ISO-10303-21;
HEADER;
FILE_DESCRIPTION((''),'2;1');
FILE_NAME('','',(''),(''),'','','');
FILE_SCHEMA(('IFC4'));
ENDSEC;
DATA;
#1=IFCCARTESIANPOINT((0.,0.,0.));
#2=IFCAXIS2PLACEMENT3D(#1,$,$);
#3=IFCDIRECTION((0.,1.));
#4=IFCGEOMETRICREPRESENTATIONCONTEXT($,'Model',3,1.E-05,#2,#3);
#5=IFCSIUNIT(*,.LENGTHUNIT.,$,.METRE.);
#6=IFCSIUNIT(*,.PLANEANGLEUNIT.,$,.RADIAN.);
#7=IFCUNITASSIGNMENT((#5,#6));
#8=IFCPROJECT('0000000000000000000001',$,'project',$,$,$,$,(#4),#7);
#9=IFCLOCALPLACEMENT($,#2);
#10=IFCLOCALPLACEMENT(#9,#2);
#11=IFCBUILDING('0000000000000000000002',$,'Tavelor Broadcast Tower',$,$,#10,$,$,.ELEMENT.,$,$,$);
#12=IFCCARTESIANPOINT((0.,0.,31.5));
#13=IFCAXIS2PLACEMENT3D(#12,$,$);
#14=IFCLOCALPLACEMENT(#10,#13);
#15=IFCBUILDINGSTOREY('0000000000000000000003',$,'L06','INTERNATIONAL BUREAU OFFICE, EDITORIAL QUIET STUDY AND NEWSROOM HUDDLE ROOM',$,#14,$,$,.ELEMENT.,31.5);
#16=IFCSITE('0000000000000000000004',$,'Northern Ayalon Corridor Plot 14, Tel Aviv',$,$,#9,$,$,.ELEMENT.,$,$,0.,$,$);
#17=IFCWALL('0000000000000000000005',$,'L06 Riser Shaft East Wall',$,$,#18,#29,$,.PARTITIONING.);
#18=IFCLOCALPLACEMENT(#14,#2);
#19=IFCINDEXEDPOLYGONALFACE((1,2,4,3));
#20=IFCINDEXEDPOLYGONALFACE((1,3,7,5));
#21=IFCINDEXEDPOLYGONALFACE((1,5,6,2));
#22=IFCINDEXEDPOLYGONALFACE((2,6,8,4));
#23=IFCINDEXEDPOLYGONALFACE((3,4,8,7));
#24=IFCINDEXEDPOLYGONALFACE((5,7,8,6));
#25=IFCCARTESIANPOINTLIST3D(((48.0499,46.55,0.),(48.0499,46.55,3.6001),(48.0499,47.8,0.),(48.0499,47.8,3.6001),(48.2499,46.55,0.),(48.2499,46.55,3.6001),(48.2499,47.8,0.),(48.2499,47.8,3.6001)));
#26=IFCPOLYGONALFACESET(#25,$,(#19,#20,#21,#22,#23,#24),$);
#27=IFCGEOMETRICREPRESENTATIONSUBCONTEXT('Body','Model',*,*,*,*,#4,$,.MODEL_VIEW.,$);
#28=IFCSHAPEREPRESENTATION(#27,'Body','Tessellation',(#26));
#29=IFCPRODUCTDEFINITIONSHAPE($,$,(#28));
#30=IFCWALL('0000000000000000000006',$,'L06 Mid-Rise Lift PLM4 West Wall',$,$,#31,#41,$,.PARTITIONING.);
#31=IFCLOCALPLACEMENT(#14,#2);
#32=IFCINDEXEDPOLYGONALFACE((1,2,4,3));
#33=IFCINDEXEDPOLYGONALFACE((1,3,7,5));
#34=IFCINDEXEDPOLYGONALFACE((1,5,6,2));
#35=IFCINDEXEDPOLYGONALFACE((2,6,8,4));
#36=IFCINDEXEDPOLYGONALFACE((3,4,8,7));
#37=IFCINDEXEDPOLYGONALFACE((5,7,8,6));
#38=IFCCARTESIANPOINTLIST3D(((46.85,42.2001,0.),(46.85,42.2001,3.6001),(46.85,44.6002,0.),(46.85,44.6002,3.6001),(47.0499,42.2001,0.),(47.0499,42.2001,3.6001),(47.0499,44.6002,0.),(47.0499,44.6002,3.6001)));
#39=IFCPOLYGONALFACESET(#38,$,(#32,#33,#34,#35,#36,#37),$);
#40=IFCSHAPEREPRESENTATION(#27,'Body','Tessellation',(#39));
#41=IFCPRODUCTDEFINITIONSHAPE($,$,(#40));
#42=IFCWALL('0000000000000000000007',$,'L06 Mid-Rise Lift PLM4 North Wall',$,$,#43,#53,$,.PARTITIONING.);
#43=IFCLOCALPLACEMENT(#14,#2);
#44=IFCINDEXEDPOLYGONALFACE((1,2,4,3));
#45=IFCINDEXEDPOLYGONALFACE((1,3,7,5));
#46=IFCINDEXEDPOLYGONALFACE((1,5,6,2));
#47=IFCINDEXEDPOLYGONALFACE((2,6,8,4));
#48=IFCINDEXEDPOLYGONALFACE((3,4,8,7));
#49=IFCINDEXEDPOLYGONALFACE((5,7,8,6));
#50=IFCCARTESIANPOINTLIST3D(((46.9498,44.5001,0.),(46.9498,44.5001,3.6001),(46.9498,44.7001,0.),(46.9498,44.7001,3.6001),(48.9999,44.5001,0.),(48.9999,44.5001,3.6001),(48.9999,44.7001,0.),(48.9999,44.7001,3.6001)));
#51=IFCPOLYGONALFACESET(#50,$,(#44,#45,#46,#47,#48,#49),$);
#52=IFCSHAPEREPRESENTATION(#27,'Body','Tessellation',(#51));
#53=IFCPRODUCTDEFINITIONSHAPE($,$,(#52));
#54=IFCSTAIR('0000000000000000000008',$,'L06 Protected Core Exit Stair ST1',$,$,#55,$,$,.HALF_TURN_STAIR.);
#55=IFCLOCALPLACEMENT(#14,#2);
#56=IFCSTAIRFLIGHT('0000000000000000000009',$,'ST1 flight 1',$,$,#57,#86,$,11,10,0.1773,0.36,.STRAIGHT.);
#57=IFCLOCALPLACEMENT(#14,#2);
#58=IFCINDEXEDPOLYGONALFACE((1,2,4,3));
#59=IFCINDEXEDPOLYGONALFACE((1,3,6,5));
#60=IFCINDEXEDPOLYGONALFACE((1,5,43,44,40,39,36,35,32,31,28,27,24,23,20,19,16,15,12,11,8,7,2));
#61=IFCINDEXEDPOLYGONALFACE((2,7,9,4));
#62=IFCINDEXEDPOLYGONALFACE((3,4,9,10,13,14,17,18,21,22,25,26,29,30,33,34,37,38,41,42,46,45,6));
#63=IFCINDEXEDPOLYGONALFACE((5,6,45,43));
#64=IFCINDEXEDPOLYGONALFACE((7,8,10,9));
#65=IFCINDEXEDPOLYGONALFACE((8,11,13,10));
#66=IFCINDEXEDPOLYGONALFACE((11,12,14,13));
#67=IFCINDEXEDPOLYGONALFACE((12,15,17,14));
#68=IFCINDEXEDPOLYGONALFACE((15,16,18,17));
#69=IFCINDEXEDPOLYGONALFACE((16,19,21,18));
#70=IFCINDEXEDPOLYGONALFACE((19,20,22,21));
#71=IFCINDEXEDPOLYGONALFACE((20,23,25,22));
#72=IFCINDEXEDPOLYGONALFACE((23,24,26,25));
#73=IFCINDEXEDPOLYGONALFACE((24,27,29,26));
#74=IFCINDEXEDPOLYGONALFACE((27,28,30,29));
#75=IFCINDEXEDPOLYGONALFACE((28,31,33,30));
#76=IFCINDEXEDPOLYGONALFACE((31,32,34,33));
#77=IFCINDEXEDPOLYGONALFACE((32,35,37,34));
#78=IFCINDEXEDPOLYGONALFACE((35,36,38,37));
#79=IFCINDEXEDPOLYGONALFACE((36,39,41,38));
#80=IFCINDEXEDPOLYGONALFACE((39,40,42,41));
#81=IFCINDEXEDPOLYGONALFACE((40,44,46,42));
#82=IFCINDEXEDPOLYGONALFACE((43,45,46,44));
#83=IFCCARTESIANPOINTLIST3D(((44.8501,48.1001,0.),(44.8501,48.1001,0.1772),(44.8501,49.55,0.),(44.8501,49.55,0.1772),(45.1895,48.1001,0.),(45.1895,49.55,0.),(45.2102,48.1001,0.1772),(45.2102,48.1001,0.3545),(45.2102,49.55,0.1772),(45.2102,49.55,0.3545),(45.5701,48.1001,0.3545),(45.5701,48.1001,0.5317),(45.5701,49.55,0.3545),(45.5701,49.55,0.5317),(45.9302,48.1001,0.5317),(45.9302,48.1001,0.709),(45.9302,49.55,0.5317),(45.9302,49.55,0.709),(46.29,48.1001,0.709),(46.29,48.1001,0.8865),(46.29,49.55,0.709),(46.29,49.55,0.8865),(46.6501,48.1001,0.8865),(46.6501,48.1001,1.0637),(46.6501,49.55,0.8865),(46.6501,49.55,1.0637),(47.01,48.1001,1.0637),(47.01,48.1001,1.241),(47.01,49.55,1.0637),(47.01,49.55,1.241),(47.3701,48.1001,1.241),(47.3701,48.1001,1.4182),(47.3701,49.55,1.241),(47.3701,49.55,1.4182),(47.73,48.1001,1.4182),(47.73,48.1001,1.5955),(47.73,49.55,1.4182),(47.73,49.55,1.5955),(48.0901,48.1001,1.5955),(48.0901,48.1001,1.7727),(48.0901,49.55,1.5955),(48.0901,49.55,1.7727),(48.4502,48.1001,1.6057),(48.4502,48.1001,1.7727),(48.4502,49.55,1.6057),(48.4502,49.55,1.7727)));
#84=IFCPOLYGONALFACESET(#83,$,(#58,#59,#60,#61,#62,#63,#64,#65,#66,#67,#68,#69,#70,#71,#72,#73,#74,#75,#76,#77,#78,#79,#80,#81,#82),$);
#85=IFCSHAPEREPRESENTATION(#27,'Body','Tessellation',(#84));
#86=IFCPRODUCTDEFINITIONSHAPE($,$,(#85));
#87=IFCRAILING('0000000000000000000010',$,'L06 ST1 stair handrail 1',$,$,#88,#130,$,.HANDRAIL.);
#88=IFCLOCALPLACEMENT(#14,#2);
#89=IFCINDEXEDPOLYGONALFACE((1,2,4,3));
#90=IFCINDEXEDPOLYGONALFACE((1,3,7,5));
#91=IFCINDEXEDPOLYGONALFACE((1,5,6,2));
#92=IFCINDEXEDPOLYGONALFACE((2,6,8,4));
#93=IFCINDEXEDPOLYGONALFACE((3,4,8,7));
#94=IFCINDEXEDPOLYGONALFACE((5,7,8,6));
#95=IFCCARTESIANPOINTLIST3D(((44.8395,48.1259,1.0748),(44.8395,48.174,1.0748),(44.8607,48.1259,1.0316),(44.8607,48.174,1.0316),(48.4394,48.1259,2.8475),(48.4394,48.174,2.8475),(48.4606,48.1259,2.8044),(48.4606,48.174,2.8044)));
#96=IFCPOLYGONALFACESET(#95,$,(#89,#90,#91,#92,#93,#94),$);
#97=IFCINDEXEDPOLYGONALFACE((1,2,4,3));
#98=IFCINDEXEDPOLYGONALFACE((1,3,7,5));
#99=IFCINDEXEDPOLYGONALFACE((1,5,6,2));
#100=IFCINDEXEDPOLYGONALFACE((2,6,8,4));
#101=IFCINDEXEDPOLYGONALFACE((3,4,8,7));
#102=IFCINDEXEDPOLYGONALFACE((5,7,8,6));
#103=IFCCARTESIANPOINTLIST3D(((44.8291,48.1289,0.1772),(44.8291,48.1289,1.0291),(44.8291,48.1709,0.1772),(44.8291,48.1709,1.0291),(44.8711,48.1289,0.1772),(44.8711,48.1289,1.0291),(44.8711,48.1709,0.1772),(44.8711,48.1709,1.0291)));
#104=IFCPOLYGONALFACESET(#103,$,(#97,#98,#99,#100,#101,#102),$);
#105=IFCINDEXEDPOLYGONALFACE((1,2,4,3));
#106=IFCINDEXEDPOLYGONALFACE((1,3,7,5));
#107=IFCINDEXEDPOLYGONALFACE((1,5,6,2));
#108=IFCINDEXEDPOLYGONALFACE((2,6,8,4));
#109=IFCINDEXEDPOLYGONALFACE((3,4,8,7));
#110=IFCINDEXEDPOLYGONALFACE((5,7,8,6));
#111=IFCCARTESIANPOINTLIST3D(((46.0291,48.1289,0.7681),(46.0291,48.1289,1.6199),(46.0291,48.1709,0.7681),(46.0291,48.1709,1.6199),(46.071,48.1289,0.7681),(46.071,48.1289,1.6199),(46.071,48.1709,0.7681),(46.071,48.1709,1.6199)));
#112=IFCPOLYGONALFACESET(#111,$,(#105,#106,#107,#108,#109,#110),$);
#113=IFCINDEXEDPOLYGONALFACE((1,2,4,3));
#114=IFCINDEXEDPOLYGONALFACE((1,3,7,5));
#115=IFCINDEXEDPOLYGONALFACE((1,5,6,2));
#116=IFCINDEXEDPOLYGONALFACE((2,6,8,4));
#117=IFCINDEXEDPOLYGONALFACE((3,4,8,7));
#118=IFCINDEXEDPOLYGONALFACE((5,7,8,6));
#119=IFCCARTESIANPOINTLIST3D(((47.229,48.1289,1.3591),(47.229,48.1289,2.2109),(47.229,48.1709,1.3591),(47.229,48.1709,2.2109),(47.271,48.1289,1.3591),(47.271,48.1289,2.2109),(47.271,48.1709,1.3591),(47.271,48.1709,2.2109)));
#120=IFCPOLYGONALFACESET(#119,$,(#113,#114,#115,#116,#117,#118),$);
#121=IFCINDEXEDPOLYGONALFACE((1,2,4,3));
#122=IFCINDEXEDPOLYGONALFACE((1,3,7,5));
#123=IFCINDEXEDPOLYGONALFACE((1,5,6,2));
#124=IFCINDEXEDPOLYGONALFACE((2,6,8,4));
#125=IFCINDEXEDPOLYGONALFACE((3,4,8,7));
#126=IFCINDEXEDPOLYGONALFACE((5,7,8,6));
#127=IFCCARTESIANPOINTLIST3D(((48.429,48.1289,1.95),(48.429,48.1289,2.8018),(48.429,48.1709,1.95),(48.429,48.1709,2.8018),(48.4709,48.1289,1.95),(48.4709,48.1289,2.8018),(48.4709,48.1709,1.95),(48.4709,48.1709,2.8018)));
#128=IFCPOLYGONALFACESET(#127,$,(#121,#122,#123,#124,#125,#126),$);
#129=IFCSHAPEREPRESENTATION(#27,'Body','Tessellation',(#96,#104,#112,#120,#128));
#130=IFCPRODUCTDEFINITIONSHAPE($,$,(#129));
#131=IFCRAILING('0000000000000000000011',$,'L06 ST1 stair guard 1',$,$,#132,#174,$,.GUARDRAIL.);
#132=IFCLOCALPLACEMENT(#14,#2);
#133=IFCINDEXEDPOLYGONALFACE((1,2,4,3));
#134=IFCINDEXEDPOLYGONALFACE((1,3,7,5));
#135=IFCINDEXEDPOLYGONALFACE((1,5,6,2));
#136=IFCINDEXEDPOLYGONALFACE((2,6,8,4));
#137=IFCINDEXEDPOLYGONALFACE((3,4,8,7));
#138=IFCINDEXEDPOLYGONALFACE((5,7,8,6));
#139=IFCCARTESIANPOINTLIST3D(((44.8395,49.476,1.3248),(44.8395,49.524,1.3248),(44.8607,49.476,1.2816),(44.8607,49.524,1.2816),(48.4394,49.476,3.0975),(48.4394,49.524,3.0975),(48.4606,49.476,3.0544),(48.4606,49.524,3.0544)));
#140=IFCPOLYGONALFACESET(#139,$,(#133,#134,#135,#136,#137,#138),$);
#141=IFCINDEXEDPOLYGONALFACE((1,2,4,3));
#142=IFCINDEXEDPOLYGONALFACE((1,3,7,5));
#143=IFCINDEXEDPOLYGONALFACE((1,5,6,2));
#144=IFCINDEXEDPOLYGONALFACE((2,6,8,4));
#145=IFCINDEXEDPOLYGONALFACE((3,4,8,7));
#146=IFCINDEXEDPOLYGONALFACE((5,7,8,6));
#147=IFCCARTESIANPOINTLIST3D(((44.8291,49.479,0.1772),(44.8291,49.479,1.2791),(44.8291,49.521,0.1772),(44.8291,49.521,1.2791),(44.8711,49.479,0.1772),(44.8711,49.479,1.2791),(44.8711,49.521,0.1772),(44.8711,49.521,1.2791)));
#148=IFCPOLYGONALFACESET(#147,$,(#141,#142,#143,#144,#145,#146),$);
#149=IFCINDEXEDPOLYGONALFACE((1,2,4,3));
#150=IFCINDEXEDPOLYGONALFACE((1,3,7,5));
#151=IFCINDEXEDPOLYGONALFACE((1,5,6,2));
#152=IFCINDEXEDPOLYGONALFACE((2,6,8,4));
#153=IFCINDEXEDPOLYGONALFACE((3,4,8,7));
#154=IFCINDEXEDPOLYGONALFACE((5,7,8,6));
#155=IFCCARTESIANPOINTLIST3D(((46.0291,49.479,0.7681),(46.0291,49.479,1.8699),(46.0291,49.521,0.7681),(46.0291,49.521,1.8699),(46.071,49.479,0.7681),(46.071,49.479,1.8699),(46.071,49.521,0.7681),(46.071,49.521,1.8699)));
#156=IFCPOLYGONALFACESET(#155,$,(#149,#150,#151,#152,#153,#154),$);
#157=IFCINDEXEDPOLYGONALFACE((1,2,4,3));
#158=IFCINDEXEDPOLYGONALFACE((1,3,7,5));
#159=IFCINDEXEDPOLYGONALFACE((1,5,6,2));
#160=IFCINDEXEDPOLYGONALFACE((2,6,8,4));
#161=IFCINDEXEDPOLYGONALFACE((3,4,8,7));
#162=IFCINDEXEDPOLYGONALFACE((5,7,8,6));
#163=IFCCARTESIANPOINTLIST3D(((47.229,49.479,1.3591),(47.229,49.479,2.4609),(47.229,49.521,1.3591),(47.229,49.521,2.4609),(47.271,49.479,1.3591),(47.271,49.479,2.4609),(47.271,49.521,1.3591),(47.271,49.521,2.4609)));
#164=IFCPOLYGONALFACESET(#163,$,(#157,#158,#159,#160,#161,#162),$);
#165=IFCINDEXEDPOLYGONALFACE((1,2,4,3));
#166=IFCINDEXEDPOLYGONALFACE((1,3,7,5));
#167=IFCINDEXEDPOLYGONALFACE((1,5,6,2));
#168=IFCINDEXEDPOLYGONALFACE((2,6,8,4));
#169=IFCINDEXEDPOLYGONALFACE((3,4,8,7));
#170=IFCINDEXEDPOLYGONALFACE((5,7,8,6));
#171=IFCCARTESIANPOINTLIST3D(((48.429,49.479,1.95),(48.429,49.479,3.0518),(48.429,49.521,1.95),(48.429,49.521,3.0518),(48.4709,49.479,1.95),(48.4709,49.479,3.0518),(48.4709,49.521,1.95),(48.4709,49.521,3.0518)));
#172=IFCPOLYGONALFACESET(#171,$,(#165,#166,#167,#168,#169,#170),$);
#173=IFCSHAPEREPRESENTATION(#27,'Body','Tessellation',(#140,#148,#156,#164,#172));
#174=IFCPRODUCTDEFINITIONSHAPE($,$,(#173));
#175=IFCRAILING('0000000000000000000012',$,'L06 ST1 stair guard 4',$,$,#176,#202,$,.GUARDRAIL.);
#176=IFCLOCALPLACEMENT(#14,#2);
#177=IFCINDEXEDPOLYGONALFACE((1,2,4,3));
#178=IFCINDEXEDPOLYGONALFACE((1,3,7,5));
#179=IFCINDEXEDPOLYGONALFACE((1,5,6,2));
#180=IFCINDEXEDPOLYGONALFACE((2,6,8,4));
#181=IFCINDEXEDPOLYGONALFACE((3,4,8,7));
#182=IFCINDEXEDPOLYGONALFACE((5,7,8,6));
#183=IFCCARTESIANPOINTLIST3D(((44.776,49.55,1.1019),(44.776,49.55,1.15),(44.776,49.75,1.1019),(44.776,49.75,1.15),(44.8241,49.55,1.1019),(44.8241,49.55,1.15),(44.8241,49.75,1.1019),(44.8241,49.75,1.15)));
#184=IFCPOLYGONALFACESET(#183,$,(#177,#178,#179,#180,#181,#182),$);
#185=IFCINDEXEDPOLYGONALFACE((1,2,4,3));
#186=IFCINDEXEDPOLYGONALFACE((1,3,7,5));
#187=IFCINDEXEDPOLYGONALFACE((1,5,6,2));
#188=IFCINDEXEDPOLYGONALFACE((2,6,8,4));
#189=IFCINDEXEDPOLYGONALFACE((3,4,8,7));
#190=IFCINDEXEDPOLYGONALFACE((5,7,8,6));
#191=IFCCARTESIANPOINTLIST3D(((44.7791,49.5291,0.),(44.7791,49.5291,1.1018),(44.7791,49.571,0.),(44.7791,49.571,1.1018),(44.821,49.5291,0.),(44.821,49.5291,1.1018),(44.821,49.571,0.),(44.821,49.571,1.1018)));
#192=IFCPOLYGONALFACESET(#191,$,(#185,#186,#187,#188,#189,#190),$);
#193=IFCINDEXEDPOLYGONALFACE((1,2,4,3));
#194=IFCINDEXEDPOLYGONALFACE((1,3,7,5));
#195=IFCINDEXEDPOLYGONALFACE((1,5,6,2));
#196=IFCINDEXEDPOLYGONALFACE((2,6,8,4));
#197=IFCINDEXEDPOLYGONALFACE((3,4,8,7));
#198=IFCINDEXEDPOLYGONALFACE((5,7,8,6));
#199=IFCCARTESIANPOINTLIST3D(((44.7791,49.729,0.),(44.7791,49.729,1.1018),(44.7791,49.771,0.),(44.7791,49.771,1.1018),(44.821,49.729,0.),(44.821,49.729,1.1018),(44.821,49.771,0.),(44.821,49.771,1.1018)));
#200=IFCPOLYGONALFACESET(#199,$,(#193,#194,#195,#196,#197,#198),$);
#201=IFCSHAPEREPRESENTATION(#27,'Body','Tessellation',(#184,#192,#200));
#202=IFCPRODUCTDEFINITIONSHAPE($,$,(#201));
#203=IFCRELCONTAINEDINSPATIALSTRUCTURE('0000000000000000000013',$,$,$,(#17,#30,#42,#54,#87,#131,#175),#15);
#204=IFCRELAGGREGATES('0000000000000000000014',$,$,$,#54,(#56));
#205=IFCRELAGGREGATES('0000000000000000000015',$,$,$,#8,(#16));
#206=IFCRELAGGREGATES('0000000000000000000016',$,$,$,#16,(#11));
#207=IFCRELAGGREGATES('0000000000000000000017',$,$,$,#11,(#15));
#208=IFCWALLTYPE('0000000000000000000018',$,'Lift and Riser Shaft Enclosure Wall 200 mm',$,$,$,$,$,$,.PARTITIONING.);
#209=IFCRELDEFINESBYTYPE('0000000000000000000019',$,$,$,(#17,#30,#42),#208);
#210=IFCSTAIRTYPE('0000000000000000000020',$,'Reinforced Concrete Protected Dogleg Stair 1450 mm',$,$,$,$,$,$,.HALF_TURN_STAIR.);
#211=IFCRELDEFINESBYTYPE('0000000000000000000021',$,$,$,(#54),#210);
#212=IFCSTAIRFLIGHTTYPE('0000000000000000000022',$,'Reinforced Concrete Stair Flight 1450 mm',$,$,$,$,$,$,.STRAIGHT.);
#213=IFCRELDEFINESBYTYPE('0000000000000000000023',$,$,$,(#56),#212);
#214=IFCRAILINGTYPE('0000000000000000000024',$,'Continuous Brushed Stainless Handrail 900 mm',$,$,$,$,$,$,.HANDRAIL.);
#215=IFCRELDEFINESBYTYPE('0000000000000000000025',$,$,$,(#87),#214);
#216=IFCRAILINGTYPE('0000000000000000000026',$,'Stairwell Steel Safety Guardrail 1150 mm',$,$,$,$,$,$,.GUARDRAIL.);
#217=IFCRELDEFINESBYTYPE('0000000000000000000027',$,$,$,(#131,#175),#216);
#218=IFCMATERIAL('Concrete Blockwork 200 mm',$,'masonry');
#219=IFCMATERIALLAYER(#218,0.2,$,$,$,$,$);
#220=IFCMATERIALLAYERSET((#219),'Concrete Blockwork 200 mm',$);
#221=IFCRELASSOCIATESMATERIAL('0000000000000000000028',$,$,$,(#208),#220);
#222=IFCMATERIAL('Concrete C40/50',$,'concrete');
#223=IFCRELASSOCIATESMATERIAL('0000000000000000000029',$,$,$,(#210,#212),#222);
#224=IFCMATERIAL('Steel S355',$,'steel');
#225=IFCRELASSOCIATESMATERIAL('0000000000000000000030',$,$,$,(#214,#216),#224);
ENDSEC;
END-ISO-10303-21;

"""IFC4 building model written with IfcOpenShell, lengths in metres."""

from ifc_helpers import new_model, si_unit, direction, frame, frame_2d, origin, origin_2d, place, context, subcontext, project, spatial, polyline, rectangle, outline, extrude, material, layer, layer_set, type_object, element, aggregate, save


model = new_model("IFC4")

# Units and contexts
model_context = context("Model", 3, precision=1e-05, world=origin(), true_north=direction((0.0, 1.0)))
body_context = subcontext(model_context, "Body", "Model", "MODEL_VIEW")
ifc_project = project(units=[si_unit("LENGTHUNIT", "METRE"), si_unit("PLANEANGLEUNIT", "RADIAN")], contexts=[model_context])

# Site, building, storey
site_placement = place(None, origin())
site = spatial("IfcSite", under=ifc_project, at=site_placement, Name="Northern Ayalon Corridor Plot 14, Tel Aviv", CompositionType="ELEMENT", RefElevation=0.0)
building_placement = place(site_placement, origin())
building = spatial("IfcBuilding", under=site, at=building_placement, Name="Tavelor Broadcast Tower", CompositionType="ELEMENT")
storey_placement = place(building_placement, frame((0.0, 0.0, 31.5)))
storey = spatial("IfcBuildingStorey", under=building, at=storey_placement, Name="L06", Description="INTERNATIONAL BUREAU OFFICE, EDITORIAL QUIET STUDY AND NEWSROOM HUDDLE ROOM", CompositionType="ELEMENT", Elevation=31.5)

# Shared definitions
ifc_material_1 = material(Name="Concrete C40/50", Category="concrete")
ifc_material_2 = material(Name="Steel S355", Category="steel")

# Walls
ifc_material_3 = material(Name="Concrete Blockwork 200 mm", Category="masonry")
ifc_layer_1 = layer(ifc_material_3, 0.2)
ifc_layer_set_1 = layer_set([ifc_layer_1], Name="Concrete Blockwork 200 mm")
wall_type_1 = type_object("IfcWallType", Name="Lift and Riser Shaft Enclosure Wall 200 mm", PredefinedType="PARTITIONING", material=ifc_layer_set_1)
wall_1_placement = place(storey_placement, frame((48.1499, 46.55, 0.0), z_axis=(0.0, 0.0, 1.0), x_axis=(0.0, 1.0, 0.0)))
element("IfcWall", 1, at=wall_1_placement, inside=storey, type_object=wall_type_1, Name="L06 Riser Shaft East Wall", PredefinedType="PARTITIONING", context=body_context, shape_type="SweptSolid", body=[
    extrude(rectangle(XDim=1.25, YDim=0.2, at=frame_2d((0.625, 0.0))), origin(), (0.0, 0.0, 1.0), 3.6001),
])
wall_2_placement = place(storey_placement, frame((46.95, 42.2, 0.0), z_axis=(0.0, 0.0, 1.0), x_axis=(0.0, 1.0, 0.0)))
element("IfcWall", 2, at=wall_2_placement, inside=storey, type_object=wall_type_1, Name="L06 Mid-Rise Lift PLM4 West Wall", PredefinedType="PARTITIONING", context=body_context, shape_type="SweptSolid", body=[
    extrude(rectangle(XDim=2.4001, YDim=0.2, at=frame_2d((1.2002, 0.0))), origin(), (0.0, 0.0, 1.0), 3.6001),
])
wall_3_placement = place(storey_placement, frame((46.95, 44.6001, 0.0), z_axis=(0.0, 0.0, 1.0), x_axis=(1.0, 0.0, 0.0)))
element("IfcWall", 3, at=wall_3_placement, inside=storey, type_object=wall_type_1, Name="L06 Mid-Rise Lift PLM4 North Wall", PredefinedType="PARTITIONING", context=body_context, shape_type="SweptSolid", body=[
    extrude(rectangle(XDim=2.05, YDim=0.2, at=frame_2d((1.0249, 0.0))), origin(), (0.0, 0.0, 1.0), 3.6001),
])

# Stair, stair flight
stair_type = type_object("IfcStairType", Name="Reinforced Concrete Protected Dogleg Stair 1450 mm", PredefinedType="HALF_TURN_STAIR", material=ifc_material_1)
stair_placement = place(storey_placement, origin())
stair = element("IfcStair", 4, at=stair_placement, inside=storey, type_object=stair_type, Name="L06 Protected Core Exit Stair ST1", PredefinedType="HALF_TURN_STAIR")
stair_flight_type = type_object("IfcStairFlightType", Name="Reinforced Concrete Stair Flight 1450 mm", PredefinedType="STRAIGHT", material=ifc_material_1)
stair_flight_placement = place(storey_placement, frame((44.8501, 48.825, 0.0), z_axis=(0.0, 0.0, 1.0), x_axis=(1.0, 0.0, 0.0)))
stair_flight = element("IfcStairFlight", 5, at=stair_flight_placement, type_object=stair_flight_type, Name="ST1 flight 1", NumberOfRisers=11, NumberOfTreads=10, PredefinedType="STRAIGHT", RiserHeight=0.1773, TreadLength=0.36, context=body_context, shape_type="SweptSolid", body=[
    extrude(outline(polyline([(0.0, 0.0), (0.0, 0.1772), (0.3601, 0.1772), (0.3601, 0.3545), (0.72, 0.3545), (0.72, 0.5317), (1.0801, 0.5317), (1.0801, 0.709), (1.4399, 0.709), (1.4399, 0.8865), (1.8, 0.8865), (1.8, 1.0637), (2.1599, 1.0637), (2.1599, 1.241), (2.52, 1.241), (2.52, 1.4182), (2.8799, 1.4182), (2.8799, 1.5955), (3.24, 1.5955), (3.24, 1.7727), (3.6001, 1.7727), (3.6001, 1.95), (3.6001, 1.6057), (0.3394, 0.0), (0.0, 0.0)])), frame((0.0, 0.7251, 0.0), z_axis=(0.0, -1.0, 0.0), x_axis=(1.0, 0.0, 0.0)), (0.0, 0.0, 1.0), 1.45),
])
aggregate(stair, [stair_flight])

# Railings
railing_type_1 = type_object("IfcRailingType", Name="Continuous Brushed Stainless Handrail 900 mm", PredefinedType="HANDRAIL", material=ifc_material_2)
railing_1_placement = place(storey_placement, frame((44.8501, 48.1499, 0.1772)))
element("IfcRailing", 6, at=railing_1_placement, inside=storey, type_object=railing_type_1, Name="L06 ST1 stair handrail 1", PredefinedType="HANDRAIL", context=body_context, shape_type="SweptSolid", body=[
    extrude(rectangle(XDim=0.0481, YDim=0.0481, at=origin_2d()), frame((0.0, 0.0, 0.876), z_axis=(0.897124, 0.0, 0.441778), x_axis=(0.0, 1.0, 0.0)), (0.0, 0.0, 1.0), 4.0127),
    extrude(rectangle(XDim=0.042, YDim=0.042, at=origin_2d()), origin(), (0.0, 0.0, 1.0), 0.8518),
    extrude(rectangle(XDim=0.042, YDim=0.042, at=origin_2d()), frame((1.2, 0.0, 0.5908)), (0.0, 0.0, 1.0), 0.8518),
    extrude(rectangle(XDim=0.042, YDim=0.042, at=origin_2d()), frame((2.3999, 0.0, 1.1819)), (0.0, 0.0, 1.0), 0.8518),
    extrude(rectangle(XDim=0.042, YDim=0.042, at=origin_2d()), frame((3.5999, 0.0, 1.7727)), (0.0, 0.0, 1.0), 0.8518),
])
railing_type_2 = type_object("IfcRailingType", Name="Stairwell Steel Safety Guardrail 1150 mm", PredefinedType="GUARDRAIL", material=ifc_material_2)
railing_2_placement = place(storey_placement, frame((44.8501, 49.5, 0.1772)))
element("IfcRailing", 7, at=railing_2_placement, inside=storey, type_object=railing_type_2, Name="L06 ST1 stair guard 1", PredefinedType="GUARDRAIL", context=body_context, shape_type="SweptSolid", body=[
    extrude(rectangle(XDim=0.0481, YDim=0.0481, at=origin_2d()), frame((0.0, 0.0, 1.126), z_axis=(0.897124, 0.0, 0.441778), x_axis=(0.0, 1.0, 0.0)), (0.0, 0.0, 1.0), 4.0127),
    extrude(rectangle(XDim=0.042, YDim=0.042, at=origin_2d()), origin(), (0.0, 0.0, 1.0), 1.1018),
    extrude(rectangle(XDim=0.042, YDim=0.042, at=origin_2d()), frame((1.2, 0.0, 0.5908)), (0.0, 0.0, 1.0), 1.1018),
    extrude(rectangle(XDim=0.042, YDim=0.042, at=origin_2d()), frame((2.3999, 0.0, 1.1819)), (0.0, 0.0, 1.0), 1.1018),
    extrude(rectangle(XDim=0.042, YDim=0.042, at=origin_2d()), frame((3.5999, 0.0, 1.7727)), (0.0, 0.0, 1.0), 1.1018),
])
railing_3_placement = place(storey_placement, frame((44.8, 49.55, 0.0)))
element("IfcRailing", 8, at=railing_3_placement, inside=storey, type_object=railing_type_2, Name="L06 ST1 stair guard 4", PredefinedType="GUARDRAIL", context=body_context, shape_type="SweptSolid", body=[
    extrude(rectangle(XDim=0.0481, YDim=0.0481, at=origin_2d()), frame((0.0, 0.0, 1.126), z_axis=(0.0, 1.0, 0.0), x_axis=(-1.0, 0.0, 0.0)), (0.0, 0.0, 1.0), 0.2),
    extrude(rectangle(XDim=0.042, YDim=0.042, at=origin_2d()), origin(), (0.0, 0.0, 1.0), 1.1018),
    extrude(rectangle(XDim=0.042, YDim=0.042, at=origin_2d()), frame((0.0, 0.2, 0.0)), (0.0, 0.0, 1.0), 1.1018),
])

save(model, "model.ifc")
